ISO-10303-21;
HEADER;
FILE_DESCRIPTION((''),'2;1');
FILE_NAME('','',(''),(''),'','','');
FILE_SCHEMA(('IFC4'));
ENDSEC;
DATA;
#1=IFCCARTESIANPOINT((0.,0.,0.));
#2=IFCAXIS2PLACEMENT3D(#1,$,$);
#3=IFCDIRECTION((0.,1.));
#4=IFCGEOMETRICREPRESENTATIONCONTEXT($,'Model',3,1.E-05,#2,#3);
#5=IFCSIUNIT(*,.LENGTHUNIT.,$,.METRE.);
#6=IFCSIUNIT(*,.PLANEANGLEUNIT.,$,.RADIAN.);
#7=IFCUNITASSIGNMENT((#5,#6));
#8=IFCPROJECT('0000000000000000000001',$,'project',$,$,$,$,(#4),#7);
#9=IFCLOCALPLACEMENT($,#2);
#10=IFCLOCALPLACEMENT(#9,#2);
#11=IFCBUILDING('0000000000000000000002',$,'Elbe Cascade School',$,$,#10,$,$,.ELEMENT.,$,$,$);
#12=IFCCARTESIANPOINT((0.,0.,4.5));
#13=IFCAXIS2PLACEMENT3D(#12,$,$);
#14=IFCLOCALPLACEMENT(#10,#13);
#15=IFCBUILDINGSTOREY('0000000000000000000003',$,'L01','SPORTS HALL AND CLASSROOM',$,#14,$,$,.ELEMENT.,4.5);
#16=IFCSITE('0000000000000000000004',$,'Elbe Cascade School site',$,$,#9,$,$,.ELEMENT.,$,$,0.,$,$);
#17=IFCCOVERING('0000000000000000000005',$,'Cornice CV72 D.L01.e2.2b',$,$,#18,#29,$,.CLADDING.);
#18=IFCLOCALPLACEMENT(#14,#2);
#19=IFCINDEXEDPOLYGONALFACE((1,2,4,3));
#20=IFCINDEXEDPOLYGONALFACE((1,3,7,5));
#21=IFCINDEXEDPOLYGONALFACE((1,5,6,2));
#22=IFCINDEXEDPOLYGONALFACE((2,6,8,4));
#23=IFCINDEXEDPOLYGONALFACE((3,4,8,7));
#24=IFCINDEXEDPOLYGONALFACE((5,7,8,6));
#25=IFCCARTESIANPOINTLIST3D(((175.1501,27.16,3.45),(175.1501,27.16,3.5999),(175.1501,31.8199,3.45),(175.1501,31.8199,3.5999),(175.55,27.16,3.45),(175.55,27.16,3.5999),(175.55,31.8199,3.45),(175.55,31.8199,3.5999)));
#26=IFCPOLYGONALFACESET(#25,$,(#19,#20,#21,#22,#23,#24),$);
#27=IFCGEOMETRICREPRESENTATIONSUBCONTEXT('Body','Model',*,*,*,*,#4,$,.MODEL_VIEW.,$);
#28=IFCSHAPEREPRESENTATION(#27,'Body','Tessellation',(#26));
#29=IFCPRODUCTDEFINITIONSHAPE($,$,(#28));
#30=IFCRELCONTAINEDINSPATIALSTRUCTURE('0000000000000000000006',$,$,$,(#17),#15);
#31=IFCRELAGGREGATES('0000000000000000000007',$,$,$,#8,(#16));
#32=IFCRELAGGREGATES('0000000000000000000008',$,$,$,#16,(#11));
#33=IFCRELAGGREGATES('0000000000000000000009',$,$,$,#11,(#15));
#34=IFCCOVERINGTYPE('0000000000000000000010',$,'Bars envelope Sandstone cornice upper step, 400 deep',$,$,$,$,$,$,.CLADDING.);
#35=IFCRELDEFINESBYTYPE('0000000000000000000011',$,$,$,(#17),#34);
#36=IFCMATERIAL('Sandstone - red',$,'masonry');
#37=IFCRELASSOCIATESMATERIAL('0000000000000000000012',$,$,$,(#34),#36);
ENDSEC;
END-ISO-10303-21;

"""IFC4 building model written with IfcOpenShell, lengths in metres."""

from ifc_helpers import new_model, si_unit, direction, frame, origin, origin_2d, place, context, subcontext, project, spatial, rectangle, extrude, material, type_object, element, save


model = new_model("IFC4")

# Units and contexts
model_context = context("Model", 3, precision=1e-05, world=origin(), true_north=direction((0.0, 1.0)))
body_context = subcontext(model_context, "Body", "Model", "MODEL_VIEW")
ifc_project = project(units=[si_unit("LENGTHUNIT", "METRE"), si_unit("PLANEANGLEUNIT", "RADIAN")], contexts=[model_context])

# Site, building, storey
site_placement = place(None, origin())
site = spatial("IfcSite", under=ifc_project, at=site_placement, Name="Elbe Cascade School site", CompositionType="ELEMENT", RefElevation=0.0)
building_placement = place(site_placement, origin())
building = spatial("IfcBuilding", under=site, at=building_placement, Name="Elbe Cascade School", CompositionType="ELEMENT")
storey_placement = place(building_placement, frame((0.0, 0.0, 4.5)))
storey = spatial("IfcBuildingStorey", under=building, at=storey_placement, Name="L01", Description="SPORTS HALL AND CLASSROOM", CompositionType="ELEMENT", Elevation=4.5)

# Covering
ifc_material_1 = material(Name="Sandstone - red", Category="masonry")
covering_type_1 = type_object("IfcCoveringType", Name="Bars envelope Sandstone cornice upper step, 400 deep", PredefinedType="CLADDING", material=ifc_material_1)
covering_1_placement = place(storey_placement, frame((175.3501, 29.49, 3.45), z_axis=(0.0, 0.0, 1.0), x_axis=(0.0, 1.0, 0.0)))
element("IfcCovering", 1, at=covering_1_placement, inside=storey, type_object=covering_type_1, Name="Cornice CV72 D.L01.e2.2b", PredefinedType="CLADDING", context=body_context, shape_type="SweptSolid", body=[
    extrude(rectangle(XDim=4.6599, YDim=0.3999, at=origin_2d()), origin(), (0.0, 0.0, 1.0), 0.1499),
])

save(model, "model.ifc")
